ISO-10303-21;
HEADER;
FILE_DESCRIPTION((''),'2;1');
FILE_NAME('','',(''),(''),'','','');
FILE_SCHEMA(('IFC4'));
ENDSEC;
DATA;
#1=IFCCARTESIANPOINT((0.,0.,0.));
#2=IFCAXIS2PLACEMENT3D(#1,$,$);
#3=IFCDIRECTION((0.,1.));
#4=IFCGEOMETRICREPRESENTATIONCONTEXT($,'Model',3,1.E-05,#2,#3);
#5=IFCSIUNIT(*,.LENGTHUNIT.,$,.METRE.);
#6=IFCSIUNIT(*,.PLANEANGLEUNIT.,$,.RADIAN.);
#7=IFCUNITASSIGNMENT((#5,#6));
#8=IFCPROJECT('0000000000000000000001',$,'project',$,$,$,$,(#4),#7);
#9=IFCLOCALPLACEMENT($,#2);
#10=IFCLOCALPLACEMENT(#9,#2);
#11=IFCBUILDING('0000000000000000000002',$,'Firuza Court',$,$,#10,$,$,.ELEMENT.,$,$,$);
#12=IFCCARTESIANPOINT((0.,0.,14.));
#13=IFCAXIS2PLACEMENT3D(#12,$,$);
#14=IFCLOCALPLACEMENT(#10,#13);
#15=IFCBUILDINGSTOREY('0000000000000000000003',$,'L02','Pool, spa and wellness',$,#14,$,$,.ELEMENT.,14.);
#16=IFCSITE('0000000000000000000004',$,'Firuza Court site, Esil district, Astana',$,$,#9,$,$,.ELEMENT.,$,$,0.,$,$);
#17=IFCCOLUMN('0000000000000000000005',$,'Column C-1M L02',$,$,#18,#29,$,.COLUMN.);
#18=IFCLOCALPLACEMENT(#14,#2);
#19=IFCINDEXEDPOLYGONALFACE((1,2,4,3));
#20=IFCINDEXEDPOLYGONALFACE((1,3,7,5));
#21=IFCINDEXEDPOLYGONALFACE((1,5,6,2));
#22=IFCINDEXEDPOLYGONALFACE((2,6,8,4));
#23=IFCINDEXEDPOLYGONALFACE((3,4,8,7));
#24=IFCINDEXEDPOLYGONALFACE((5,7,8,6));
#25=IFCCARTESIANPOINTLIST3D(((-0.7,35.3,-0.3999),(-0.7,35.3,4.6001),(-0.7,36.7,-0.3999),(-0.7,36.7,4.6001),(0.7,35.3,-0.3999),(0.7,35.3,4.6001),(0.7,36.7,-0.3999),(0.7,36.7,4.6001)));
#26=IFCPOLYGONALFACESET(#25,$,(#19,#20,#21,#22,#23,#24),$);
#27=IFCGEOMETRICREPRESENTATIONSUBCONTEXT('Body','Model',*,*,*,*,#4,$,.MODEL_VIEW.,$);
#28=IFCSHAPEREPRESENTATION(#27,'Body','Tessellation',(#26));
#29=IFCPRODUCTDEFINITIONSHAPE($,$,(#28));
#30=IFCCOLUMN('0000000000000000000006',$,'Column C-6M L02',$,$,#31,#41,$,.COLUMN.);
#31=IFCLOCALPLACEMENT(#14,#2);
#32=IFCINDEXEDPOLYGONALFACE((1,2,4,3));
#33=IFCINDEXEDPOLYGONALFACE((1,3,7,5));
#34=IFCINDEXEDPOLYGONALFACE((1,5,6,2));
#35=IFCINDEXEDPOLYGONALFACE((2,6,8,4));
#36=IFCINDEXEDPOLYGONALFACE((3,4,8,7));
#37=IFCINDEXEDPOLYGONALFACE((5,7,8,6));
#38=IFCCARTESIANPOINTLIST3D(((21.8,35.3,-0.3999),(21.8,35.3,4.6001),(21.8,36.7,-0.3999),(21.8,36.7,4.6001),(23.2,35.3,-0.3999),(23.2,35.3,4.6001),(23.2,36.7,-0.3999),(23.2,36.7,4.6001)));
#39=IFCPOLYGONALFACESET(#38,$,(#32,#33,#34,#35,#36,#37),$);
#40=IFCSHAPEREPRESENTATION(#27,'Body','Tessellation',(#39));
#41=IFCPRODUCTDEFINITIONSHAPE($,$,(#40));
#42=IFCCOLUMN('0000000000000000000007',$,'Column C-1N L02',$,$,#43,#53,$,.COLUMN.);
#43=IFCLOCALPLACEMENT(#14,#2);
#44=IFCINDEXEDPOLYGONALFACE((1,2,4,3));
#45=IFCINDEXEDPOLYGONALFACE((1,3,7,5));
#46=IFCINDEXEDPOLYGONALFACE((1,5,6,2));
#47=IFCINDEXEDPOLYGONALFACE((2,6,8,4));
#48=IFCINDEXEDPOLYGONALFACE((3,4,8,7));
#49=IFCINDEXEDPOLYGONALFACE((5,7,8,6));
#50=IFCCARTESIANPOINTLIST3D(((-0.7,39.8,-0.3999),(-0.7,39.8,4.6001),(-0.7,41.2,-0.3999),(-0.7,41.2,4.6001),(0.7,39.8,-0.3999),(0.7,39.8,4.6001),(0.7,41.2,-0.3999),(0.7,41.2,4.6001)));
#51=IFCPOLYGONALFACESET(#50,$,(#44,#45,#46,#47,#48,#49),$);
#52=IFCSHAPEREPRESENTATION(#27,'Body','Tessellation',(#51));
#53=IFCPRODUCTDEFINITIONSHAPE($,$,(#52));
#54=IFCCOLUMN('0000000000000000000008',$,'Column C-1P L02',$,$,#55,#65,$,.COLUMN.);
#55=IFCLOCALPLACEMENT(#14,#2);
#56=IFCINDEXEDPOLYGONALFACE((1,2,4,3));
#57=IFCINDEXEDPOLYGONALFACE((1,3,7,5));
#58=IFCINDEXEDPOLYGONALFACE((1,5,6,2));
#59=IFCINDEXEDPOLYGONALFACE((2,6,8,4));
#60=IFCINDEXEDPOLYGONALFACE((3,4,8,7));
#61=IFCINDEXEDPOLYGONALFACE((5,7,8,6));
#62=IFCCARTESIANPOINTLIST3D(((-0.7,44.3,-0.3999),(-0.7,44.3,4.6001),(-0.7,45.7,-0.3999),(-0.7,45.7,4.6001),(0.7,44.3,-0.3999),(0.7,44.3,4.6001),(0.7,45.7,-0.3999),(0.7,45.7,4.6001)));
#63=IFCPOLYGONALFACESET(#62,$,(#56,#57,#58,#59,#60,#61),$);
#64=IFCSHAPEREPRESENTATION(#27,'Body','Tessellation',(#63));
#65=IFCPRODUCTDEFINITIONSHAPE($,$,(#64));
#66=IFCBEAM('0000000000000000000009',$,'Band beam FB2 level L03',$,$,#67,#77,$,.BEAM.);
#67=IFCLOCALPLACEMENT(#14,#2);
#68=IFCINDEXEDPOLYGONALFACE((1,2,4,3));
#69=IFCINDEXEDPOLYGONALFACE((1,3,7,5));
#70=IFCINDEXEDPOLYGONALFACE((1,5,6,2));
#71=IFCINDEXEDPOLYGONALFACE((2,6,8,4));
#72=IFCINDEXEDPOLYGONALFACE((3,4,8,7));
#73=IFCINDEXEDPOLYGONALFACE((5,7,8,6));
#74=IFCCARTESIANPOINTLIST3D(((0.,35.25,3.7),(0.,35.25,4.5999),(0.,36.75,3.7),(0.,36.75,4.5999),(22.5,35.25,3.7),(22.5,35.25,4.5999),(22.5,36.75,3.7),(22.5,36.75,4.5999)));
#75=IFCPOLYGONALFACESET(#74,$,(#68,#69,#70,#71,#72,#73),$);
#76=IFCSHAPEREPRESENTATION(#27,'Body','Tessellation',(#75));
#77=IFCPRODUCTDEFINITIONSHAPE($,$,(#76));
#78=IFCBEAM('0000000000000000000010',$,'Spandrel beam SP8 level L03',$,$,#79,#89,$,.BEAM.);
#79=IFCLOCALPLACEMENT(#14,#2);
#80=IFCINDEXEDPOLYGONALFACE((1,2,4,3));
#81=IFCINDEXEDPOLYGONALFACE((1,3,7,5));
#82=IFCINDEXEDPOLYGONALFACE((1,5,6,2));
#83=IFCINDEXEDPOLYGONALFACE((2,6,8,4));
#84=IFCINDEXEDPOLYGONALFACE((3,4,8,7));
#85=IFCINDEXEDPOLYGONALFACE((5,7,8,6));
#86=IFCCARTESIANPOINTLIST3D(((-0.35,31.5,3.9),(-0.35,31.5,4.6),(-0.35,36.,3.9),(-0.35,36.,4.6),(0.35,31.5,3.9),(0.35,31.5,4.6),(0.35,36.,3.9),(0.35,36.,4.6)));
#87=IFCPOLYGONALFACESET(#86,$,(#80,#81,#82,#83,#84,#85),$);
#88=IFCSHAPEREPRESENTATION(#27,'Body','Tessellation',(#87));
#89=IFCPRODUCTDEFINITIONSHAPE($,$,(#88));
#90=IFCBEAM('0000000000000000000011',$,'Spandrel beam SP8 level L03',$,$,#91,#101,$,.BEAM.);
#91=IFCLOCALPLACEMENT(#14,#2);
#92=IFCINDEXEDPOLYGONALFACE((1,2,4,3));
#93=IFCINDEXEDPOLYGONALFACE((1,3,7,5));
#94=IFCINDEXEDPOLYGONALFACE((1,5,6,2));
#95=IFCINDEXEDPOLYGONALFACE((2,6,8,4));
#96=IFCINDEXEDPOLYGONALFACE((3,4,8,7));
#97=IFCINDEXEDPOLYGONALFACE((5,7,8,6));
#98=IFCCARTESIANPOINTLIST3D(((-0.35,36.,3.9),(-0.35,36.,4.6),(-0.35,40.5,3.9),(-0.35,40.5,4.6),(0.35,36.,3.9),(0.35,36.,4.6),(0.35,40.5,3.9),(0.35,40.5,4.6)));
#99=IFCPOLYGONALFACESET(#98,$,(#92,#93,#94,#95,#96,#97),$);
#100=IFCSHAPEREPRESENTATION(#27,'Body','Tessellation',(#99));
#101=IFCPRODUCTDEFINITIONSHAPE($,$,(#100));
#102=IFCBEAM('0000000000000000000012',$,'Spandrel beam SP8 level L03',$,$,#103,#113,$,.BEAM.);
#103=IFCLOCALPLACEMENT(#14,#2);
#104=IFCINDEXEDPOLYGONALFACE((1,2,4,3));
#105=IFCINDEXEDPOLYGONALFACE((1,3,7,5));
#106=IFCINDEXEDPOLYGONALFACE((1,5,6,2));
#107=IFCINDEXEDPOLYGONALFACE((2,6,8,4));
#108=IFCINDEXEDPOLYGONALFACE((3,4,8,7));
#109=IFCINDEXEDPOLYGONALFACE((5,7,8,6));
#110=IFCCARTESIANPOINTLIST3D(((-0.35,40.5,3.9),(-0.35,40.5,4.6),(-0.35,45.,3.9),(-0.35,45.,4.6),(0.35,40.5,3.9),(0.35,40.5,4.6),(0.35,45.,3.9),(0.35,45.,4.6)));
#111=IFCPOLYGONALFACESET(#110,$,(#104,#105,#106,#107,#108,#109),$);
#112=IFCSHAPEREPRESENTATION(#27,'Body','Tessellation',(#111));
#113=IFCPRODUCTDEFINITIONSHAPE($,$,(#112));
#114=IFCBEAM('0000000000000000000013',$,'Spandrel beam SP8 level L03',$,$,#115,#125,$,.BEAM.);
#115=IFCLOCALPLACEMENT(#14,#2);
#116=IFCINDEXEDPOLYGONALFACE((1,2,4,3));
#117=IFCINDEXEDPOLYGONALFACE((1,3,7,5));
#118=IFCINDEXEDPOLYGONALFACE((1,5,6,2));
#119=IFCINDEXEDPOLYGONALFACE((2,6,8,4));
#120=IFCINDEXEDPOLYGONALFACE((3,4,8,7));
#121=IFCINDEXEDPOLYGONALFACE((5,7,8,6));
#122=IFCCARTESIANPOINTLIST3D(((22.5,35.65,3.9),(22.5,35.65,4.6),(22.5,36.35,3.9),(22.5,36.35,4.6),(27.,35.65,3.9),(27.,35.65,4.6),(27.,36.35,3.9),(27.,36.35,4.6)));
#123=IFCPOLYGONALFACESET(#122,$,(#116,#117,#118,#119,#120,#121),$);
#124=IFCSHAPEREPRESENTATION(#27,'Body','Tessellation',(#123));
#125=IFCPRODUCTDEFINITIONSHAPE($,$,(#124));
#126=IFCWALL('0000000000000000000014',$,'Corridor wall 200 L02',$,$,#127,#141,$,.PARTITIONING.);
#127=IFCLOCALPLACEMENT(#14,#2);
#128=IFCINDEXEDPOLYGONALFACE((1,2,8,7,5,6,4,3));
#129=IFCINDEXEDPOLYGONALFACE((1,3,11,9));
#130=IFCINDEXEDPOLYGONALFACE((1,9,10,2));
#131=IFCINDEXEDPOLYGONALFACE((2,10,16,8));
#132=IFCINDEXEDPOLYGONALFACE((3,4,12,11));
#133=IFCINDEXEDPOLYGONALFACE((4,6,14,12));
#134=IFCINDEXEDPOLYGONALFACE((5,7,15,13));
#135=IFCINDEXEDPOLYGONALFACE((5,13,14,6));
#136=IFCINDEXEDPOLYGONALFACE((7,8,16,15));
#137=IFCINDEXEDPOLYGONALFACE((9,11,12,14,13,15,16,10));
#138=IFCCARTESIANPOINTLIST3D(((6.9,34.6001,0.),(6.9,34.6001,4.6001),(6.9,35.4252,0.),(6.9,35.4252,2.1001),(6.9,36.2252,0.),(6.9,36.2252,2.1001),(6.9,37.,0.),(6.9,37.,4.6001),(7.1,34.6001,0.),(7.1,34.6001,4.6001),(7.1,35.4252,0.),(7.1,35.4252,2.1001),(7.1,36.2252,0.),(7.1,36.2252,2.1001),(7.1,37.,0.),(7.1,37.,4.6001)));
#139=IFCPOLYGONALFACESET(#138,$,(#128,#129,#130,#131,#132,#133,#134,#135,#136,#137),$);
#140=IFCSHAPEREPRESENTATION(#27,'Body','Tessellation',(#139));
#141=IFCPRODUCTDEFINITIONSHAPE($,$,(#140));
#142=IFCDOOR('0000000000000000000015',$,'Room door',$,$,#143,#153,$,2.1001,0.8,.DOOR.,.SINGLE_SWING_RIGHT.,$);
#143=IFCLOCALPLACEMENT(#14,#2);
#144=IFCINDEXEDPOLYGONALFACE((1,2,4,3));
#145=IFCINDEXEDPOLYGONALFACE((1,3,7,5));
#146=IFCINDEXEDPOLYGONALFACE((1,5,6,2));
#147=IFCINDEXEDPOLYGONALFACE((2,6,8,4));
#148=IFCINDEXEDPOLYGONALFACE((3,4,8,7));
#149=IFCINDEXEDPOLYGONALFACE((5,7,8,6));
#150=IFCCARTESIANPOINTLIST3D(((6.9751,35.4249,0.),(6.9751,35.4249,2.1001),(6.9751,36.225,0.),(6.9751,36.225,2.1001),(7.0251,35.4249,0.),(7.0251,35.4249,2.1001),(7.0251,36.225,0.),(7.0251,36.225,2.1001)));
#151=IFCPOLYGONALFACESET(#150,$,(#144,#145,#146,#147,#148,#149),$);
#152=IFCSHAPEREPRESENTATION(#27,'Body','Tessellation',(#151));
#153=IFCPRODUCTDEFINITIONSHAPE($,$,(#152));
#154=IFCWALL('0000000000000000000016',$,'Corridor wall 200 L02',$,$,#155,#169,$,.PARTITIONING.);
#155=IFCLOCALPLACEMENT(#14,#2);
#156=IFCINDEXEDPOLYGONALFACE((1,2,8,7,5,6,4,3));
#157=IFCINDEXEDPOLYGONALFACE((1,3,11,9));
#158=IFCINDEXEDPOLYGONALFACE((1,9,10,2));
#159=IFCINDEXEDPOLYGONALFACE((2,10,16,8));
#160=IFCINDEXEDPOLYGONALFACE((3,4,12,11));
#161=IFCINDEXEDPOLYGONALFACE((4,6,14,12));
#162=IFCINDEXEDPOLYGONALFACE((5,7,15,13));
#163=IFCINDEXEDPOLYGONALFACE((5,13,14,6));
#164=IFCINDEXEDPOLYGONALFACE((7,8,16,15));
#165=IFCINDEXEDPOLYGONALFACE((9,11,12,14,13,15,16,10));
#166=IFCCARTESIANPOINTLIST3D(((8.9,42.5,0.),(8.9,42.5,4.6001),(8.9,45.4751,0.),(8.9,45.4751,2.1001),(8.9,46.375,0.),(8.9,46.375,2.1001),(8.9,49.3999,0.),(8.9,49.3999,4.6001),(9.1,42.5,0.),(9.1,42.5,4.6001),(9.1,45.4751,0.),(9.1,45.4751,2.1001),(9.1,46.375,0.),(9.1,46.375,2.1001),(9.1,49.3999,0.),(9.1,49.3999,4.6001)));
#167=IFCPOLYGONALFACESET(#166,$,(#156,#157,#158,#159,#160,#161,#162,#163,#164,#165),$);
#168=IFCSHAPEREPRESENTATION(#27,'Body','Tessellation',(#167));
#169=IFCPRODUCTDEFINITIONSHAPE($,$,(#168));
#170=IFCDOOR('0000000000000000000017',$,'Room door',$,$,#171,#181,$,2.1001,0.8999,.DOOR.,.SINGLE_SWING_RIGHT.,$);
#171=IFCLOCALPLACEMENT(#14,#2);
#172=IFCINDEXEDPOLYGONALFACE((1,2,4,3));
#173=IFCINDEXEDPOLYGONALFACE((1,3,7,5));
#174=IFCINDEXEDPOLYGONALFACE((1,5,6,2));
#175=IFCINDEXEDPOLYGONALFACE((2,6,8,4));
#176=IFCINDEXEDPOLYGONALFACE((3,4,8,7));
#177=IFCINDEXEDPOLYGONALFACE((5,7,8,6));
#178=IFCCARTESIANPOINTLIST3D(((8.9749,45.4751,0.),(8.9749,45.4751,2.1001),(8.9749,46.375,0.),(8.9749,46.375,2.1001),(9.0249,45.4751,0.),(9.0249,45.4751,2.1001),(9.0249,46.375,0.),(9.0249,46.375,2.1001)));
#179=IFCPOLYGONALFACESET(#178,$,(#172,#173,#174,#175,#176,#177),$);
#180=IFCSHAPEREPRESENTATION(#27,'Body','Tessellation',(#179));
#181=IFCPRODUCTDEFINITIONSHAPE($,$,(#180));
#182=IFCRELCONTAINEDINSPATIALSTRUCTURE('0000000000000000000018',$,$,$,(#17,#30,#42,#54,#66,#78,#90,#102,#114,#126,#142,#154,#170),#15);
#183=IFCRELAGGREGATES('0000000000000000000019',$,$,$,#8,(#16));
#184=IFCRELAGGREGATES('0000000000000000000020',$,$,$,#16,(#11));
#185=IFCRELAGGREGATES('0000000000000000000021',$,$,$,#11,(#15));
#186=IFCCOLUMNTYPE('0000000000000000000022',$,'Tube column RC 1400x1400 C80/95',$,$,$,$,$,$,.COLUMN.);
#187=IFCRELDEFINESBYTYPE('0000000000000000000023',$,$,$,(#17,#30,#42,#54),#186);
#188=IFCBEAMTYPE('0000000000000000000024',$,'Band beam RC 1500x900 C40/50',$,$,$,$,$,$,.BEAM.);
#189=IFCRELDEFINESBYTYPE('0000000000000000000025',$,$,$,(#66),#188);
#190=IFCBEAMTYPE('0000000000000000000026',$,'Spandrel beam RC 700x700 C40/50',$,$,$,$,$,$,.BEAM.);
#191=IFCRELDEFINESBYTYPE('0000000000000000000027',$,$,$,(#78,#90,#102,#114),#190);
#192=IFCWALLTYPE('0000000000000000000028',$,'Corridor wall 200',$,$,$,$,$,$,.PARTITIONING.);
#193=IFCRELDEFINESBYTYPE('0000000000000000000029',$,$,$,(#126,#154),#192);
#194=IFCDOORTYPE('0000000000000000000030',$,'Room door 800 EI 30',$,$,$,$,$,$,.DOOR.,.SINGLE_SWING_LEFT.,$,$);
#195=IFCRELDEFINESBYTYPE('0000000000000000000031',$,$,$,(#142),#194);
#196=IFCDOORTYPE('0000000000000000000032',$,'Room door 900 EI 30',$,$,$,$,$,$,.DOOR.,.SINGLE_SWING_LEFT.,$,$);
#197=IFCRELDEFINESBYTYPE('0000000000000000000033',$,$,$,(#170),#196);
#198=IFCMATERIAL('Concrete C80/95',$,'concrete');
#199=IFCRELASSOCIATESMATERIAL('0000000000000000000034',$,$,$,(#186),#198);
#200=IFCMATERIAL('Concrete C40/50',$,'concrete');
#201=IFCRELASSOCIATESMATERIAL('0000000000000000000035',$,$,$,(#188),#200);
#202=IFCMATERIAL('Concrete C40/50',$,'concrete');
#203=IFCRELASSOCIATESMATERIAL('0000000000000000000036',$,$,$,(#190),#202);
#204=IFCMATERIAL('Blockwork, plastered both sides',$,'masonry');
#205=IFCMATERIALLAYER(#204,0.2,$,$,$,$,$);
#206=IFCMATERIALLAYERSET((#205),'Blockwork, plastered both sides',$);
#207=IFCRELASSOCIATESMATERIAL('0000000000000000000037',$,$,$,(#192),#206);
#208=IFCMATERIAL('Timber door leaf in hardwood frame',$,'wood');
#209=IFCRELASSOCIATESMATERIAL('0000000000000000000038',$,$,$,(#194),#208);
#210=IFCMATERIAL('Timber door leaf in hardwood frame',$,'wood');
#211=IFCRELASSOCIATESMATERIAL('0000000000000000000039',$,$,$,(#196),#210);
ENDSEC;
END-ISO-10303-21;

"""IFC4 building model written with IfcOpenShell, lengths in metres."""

from ifc_helpers import new_model, si_unit, direction, frame, frame_2d, origin, origin_2d, place, context, subcontext, project, spatial, rectangle, extrude, material, layer, layer_set, material_profile, profile_set, type_object, element, fill, save


model = new_model("IFC4")

# Units and contexts
model_context = context("Model", 3, precision=1e-05, world=origin(), true_north=direction((0.0, 1.0)))
body_context = subcontext(model_context, "Body", "Model", "MODEL_VIEW")
ifc_project = project(units=[si_unit("LENGTHUNIT", "METRE"), si_unit("PLANEANGLEUNIT", "RADIAN")], contexts=[model_context])

# Site, building, storey
site_placement = place(None, origin())
site = spatial("IfcSite", under=ifc_project, at=site_placement, Name="Firuza Court site, Esil district, Astana", CompositionType="ELEMENT", RefElevation=0.0)
building_placement = place(site_placement, origin())
building = spatial("IfcBuilding", under=site, at=building_placement, Name="Firuza Court", CompositionType="ELEMENT")
storey_placement = place(building_placement, frame((0.0, 0.0, 14.0)))
storey = spatial("IfcBuildingStorey", under=building, at=storey_placement, Name="L02", Description="Pool, spa and wellness", CompositionType="ELEMENT", Elevation=14.0)

# Columns
ifc_material_1 = material(Name="Concrete C80/95", Category="concrete")
ifc_material_profile_1 = material_profile(ifc_material_1, rectangle(XDim=1.3999, YDim=1.3999, at=origin_2d()), Name="RC 1400x1400")
ifc_profile_set_1 = profile_set([ifc_material_profile_1], Name="Concrete C80/95")
column_type = type_object("IfcColumnType", Name="Tube column RC 1400x1400 C80/95", PredefinedType="COLUMN", material=ifc_profile_set_1)
for number, where, z_axis, x_axis, name in (
    (1, (0.0, 36.0, -0.3999), (0.0, 0.0, 1.0), (1.0, 0.0, 0.0), "Column C-1M L02"),
    (2, (22.5, 36.0, -0.3999), (0.0, 0.0, 1.0), (1.0, 0.0, 0.0), "Column C-6M L02"),
    (3, (0.0, 40.5, -0.3999), (0.0, 0.0, 1.0), (1.0, 0.0, 0.0), "Column C-1N L02"),
    (4, (0.0, 45.0, -0.3999), (0.0, 0.0, 1.0), (1.0, 0.0, 0.0), "Column C-1P L02"),
):
    element("IfcColumn", number, at=place(storey_placement, frame(where, z_axis=z_axis, x_axis=x_axis)), inside=storey, type_object=column_type, Name=name, PredefinedType="COLUMN", context=body_context, shape_type="SweptSolid", body=[
        extrude(rectangle(XDim=1.3999, YDim=1.3999, at=origin_2d()), origin(), (0.0, 0.0, 1.0), 5.0),
    ])

# Beams
ifc_material_2 = material(Name="Concrete C40/50", Category="concrete")
ifc_material_profile_2 = material_profile(ifc_material_2, rectangle(XDim=1.5, YDim=0.8999, at=origin_2d()), Name="RC 1500x900")
ifc_profile_set_2 = profile_set([ifc_material_profile_2], Name="Concrete C40/50")
beam_type_1 = type_object("IfcBeamType", Name="Band beam RC 1500x900 C40/50", PredefinedType="BEAM", material=ifc_profile_set_2)
beam_placement = place(storey_placement, frame((0.0, 36.0, 4.1499), z_axis=(1.0, 0.0, 0.0), x_axis=(0.0, 1.0, 0.0)))
element("IfcBeam", 5, at=beam_placement, inside=storey, type_object=beam_type_1, Name="Band beam FB2 level L03", PredefinedType="BEAM", context=body_context, shape_type="SweptSolid", body=[
    extrude(rectangle(XDim=1.5, YDim=0.8999, at=origin_2d()), origin(), (0.0, 0.0, 1.0), 22.5),
])
ifc_material_3 = material(Name="Concrete C40/50", Category="concrete")
ifc_material_profile_3 = material_profile(ifc_material_3, rectangle(XDim=0.7, YDim=0.7, at=origin_2d()), Name="RC 700x700")
ifc_profile_set_3 = profile_set([ifc_material_profile_3], Name="Concrete C40/50")
beam_type_2 = type_object("IfcBeamType", Name="Spandrel beam RC 700x700 C40/50", PredefinedType="BEAM", material=ifc_profile_set_3)
for number, where, z_axis, x_axis, name in (
    (6, (0.0, 36.0, 4.25), (0.0, -1.0, 0.0), (1.0, 0.0, 0.0), "Spandrel beam SP8 level L03"),
    (7, (0.0, 40.5, 4.25), (0.0, -1.0, 0.0), (1.0, 0.0, 0.0), "Spandrel beam SP8 level L03"),
    (8, (0.0, 45.0, 4.25), (0.0, -1.0, 0.0), (1.0, 0.0, 0.0), "Spandrel beam SP8 level L03"),
    (9, (22.5, 36.0, 4.25), (1.0, 0.0, 0.0), (0.0, 1.0, 0.0), "Spandrel beam SP8 level L03"),
):
    element("IfcBeam", number, at=place(storey_placement, frame(where, z_axis=z_axis, x_axis=x_axis)), inside=storey, type_object=beam_type_2, Name=name, PredefinedType="BEAM", context=body_context, shape_type="SweptSolid", body=[
        extrude(rectangle(XDim=0.7, YDim=0.7, at=origin_2d()), origin(), (0.0, 0.0, 1.0), 4.5),
    ])

# Walls, openings, doors
ifc_material_4 = material(Name="Blockwork, plastered both sides", Category="masonry")
ifc_layer_1 = layer(ifc_material_4, 0.2)
ifc_layer_set_1 = layer_set([ifc_layer_1], Name="Blockwork, plastered both sides")
wall_type_1 = type_object("IfcWallType", Name="Corridor wall 200", PredefinedType="PARTITIONING", material=ifc_layer_set_1)
wall_1_placement = place(storey_placement, frame((7.0, 37.0, 0.0), z_axis=(0.0, 0.0, 1.0), x_axis=(0.0, -1.0, 0.0)))
wall_1 = element("IfcWall", 10, at=wall_1_placement, inside=storey, type_object=wall_type_1, Name="Corridor wall 200 L02", PredefinedType="PARTITIONING", context=body_context, shape_type="SweptSolid", body=[
    extrude(rectangle(XDim=2.3999, YDim=0.2, at=frame_2d((1.2, 0.0))), origin(), (0.0, 0.0, 1.0), 4.6001),
])
opening_1_placement = place(wall_1_placement, frame((0.7749, 0.0, 0.0)))
opening_1 = element("IfcOpeningElement", 11, at=opening_1_placement, cuts=wall_1, PredefinedType="OPENING", context=body_context, shape_type="SweptSolid", body=[
    extrude(rectangle(XDim=0.8, YDim=2.1001, at=frame_2d((0.3999, 1.05))), frame((0.0, 0.1118, 0.0), z_axis=(0.0, -1.0, 0.0), x_axis=(1.0, 0.0, 0.0)), (0.0, 0.0, 1.0), 0.2239),
])
ifc_material_5 = material(Name="Timber door leaf in hardwood frame", Category="wood")
door_type_1 = type_object("IfcDoorType", Name="Room door 800 EI 30", OperationType="SINGLE_SWING_LEFT", PredefinedType="DOOR", material=ifc_material_5)
door_1_placement = place(opening_1_placement, frame((0.8, 0.0, 0.0), z_axis=(0.0, 0.0, 1.0), x_axis=(-1.0, 0.0, 0.0)))
door_1 = element("IfcDoor", 12, at=door_1_placement, inside=storey, type_object=door_type_1, Name="Room door", OperationType="SINGLE_SWING_RIGHT", OverallHeight=2.1001, OverallWidth=0.8, PredefinedType="DOOR", context=body_context, shape_type="SweptSolid", body=[
    extrude(rectangle(XDim=0.8, YDim=2.1001, at=frame_2d((0.3999, 1.05))), frame((0.0, 0.0249, 0.0), z_axis=(0.0, -1.0, 0.0), x_axis=(1.0, 0.0, 0.0)), (0.0, 0.0, 1.0), 0.05),
])
fill(opening_1, door_1)
wall_2_placement = place(storey_placement, frame((9.0, 42.5, 0.0), z_axis=(0.0, 0.0, 1.0), x_axis=(0.0, 1.0, 0.0)))
wall_2 = element("IfcWall", 13, at=wall_2_placement, inside=storey, type_object=wall_type_1, Name="Corridor wall 200 L02", PredefinedType="PARTITIONING", context=body_context, shape_type="SweptSolid", body=[
    extrude(rectangle(XDim=6.8999, YDim=0.2, at=frame_2d((3.45, 0.0))), origin(), (0.0, 0.0, 1.0), 4.6001),
])
opening_2_placement = place(wall_2_placement, frame((2.9751, 0.0, 0.0)))
opening_2 = element("IfcOpeningElement", 14, at=opening_2_placement, cuts=wall_2, PredefinedType="OPENING", context=body_context, shape_type="SweptSolid", body=[
    extrude(rectangle(XDim=0.8999, YDim=2.1001, at=frame_2d((0.45, 1.05))), frame((0.0, 0.1118, 0.0), z_axis=(0.0, -1.0, 0.0), x_axis=(1.0, 0.0, 0.0)), (0.0, 0.0, 1.0), 0.2239),
])
ifc_material_6 = material(Name="Timber door leaf in hardwood frame", Category="wood")
door_type_2 = type_object("IfcDoorType", Name="Room door 900 EI 30", OperationType="SINGLE_SWING_LEFT", PredefinedType="DOOR", material=ifc_material_6)
door_2_placement = place(opening_2_placement, frame((0.8999, 0.0, 0.0), z_axis=(0.0, 0.0, 1.0), x_axis=(-1.0, 0.0, 0.0)))
door_2 = element("IfcDoor", 15, at=door_2_placement, inside=storey, type_object=door_type_2, Name="Room door", OperationType="SINGLE_SWING_RIGHT", OverallHeight=2.1001, OverallWidth=0.8999, PredefinedType="DOOR", context=body_context, shape_type="SweptSolid", body=[
    extrude(rectangle(XDim=0.8999, YDim=2.1001, at=frame_2d((0.45, 1.05))), frame((0.0, 0.0249, 0.0), z_axis=(0.0, -1.0, 0.0), x_axis=(1.0, 0.0, 0.0)), (0.0, 0.0, 1.0), 0.05),
])
fill(opening_2, door_2)

save(model, "model.ifc")
